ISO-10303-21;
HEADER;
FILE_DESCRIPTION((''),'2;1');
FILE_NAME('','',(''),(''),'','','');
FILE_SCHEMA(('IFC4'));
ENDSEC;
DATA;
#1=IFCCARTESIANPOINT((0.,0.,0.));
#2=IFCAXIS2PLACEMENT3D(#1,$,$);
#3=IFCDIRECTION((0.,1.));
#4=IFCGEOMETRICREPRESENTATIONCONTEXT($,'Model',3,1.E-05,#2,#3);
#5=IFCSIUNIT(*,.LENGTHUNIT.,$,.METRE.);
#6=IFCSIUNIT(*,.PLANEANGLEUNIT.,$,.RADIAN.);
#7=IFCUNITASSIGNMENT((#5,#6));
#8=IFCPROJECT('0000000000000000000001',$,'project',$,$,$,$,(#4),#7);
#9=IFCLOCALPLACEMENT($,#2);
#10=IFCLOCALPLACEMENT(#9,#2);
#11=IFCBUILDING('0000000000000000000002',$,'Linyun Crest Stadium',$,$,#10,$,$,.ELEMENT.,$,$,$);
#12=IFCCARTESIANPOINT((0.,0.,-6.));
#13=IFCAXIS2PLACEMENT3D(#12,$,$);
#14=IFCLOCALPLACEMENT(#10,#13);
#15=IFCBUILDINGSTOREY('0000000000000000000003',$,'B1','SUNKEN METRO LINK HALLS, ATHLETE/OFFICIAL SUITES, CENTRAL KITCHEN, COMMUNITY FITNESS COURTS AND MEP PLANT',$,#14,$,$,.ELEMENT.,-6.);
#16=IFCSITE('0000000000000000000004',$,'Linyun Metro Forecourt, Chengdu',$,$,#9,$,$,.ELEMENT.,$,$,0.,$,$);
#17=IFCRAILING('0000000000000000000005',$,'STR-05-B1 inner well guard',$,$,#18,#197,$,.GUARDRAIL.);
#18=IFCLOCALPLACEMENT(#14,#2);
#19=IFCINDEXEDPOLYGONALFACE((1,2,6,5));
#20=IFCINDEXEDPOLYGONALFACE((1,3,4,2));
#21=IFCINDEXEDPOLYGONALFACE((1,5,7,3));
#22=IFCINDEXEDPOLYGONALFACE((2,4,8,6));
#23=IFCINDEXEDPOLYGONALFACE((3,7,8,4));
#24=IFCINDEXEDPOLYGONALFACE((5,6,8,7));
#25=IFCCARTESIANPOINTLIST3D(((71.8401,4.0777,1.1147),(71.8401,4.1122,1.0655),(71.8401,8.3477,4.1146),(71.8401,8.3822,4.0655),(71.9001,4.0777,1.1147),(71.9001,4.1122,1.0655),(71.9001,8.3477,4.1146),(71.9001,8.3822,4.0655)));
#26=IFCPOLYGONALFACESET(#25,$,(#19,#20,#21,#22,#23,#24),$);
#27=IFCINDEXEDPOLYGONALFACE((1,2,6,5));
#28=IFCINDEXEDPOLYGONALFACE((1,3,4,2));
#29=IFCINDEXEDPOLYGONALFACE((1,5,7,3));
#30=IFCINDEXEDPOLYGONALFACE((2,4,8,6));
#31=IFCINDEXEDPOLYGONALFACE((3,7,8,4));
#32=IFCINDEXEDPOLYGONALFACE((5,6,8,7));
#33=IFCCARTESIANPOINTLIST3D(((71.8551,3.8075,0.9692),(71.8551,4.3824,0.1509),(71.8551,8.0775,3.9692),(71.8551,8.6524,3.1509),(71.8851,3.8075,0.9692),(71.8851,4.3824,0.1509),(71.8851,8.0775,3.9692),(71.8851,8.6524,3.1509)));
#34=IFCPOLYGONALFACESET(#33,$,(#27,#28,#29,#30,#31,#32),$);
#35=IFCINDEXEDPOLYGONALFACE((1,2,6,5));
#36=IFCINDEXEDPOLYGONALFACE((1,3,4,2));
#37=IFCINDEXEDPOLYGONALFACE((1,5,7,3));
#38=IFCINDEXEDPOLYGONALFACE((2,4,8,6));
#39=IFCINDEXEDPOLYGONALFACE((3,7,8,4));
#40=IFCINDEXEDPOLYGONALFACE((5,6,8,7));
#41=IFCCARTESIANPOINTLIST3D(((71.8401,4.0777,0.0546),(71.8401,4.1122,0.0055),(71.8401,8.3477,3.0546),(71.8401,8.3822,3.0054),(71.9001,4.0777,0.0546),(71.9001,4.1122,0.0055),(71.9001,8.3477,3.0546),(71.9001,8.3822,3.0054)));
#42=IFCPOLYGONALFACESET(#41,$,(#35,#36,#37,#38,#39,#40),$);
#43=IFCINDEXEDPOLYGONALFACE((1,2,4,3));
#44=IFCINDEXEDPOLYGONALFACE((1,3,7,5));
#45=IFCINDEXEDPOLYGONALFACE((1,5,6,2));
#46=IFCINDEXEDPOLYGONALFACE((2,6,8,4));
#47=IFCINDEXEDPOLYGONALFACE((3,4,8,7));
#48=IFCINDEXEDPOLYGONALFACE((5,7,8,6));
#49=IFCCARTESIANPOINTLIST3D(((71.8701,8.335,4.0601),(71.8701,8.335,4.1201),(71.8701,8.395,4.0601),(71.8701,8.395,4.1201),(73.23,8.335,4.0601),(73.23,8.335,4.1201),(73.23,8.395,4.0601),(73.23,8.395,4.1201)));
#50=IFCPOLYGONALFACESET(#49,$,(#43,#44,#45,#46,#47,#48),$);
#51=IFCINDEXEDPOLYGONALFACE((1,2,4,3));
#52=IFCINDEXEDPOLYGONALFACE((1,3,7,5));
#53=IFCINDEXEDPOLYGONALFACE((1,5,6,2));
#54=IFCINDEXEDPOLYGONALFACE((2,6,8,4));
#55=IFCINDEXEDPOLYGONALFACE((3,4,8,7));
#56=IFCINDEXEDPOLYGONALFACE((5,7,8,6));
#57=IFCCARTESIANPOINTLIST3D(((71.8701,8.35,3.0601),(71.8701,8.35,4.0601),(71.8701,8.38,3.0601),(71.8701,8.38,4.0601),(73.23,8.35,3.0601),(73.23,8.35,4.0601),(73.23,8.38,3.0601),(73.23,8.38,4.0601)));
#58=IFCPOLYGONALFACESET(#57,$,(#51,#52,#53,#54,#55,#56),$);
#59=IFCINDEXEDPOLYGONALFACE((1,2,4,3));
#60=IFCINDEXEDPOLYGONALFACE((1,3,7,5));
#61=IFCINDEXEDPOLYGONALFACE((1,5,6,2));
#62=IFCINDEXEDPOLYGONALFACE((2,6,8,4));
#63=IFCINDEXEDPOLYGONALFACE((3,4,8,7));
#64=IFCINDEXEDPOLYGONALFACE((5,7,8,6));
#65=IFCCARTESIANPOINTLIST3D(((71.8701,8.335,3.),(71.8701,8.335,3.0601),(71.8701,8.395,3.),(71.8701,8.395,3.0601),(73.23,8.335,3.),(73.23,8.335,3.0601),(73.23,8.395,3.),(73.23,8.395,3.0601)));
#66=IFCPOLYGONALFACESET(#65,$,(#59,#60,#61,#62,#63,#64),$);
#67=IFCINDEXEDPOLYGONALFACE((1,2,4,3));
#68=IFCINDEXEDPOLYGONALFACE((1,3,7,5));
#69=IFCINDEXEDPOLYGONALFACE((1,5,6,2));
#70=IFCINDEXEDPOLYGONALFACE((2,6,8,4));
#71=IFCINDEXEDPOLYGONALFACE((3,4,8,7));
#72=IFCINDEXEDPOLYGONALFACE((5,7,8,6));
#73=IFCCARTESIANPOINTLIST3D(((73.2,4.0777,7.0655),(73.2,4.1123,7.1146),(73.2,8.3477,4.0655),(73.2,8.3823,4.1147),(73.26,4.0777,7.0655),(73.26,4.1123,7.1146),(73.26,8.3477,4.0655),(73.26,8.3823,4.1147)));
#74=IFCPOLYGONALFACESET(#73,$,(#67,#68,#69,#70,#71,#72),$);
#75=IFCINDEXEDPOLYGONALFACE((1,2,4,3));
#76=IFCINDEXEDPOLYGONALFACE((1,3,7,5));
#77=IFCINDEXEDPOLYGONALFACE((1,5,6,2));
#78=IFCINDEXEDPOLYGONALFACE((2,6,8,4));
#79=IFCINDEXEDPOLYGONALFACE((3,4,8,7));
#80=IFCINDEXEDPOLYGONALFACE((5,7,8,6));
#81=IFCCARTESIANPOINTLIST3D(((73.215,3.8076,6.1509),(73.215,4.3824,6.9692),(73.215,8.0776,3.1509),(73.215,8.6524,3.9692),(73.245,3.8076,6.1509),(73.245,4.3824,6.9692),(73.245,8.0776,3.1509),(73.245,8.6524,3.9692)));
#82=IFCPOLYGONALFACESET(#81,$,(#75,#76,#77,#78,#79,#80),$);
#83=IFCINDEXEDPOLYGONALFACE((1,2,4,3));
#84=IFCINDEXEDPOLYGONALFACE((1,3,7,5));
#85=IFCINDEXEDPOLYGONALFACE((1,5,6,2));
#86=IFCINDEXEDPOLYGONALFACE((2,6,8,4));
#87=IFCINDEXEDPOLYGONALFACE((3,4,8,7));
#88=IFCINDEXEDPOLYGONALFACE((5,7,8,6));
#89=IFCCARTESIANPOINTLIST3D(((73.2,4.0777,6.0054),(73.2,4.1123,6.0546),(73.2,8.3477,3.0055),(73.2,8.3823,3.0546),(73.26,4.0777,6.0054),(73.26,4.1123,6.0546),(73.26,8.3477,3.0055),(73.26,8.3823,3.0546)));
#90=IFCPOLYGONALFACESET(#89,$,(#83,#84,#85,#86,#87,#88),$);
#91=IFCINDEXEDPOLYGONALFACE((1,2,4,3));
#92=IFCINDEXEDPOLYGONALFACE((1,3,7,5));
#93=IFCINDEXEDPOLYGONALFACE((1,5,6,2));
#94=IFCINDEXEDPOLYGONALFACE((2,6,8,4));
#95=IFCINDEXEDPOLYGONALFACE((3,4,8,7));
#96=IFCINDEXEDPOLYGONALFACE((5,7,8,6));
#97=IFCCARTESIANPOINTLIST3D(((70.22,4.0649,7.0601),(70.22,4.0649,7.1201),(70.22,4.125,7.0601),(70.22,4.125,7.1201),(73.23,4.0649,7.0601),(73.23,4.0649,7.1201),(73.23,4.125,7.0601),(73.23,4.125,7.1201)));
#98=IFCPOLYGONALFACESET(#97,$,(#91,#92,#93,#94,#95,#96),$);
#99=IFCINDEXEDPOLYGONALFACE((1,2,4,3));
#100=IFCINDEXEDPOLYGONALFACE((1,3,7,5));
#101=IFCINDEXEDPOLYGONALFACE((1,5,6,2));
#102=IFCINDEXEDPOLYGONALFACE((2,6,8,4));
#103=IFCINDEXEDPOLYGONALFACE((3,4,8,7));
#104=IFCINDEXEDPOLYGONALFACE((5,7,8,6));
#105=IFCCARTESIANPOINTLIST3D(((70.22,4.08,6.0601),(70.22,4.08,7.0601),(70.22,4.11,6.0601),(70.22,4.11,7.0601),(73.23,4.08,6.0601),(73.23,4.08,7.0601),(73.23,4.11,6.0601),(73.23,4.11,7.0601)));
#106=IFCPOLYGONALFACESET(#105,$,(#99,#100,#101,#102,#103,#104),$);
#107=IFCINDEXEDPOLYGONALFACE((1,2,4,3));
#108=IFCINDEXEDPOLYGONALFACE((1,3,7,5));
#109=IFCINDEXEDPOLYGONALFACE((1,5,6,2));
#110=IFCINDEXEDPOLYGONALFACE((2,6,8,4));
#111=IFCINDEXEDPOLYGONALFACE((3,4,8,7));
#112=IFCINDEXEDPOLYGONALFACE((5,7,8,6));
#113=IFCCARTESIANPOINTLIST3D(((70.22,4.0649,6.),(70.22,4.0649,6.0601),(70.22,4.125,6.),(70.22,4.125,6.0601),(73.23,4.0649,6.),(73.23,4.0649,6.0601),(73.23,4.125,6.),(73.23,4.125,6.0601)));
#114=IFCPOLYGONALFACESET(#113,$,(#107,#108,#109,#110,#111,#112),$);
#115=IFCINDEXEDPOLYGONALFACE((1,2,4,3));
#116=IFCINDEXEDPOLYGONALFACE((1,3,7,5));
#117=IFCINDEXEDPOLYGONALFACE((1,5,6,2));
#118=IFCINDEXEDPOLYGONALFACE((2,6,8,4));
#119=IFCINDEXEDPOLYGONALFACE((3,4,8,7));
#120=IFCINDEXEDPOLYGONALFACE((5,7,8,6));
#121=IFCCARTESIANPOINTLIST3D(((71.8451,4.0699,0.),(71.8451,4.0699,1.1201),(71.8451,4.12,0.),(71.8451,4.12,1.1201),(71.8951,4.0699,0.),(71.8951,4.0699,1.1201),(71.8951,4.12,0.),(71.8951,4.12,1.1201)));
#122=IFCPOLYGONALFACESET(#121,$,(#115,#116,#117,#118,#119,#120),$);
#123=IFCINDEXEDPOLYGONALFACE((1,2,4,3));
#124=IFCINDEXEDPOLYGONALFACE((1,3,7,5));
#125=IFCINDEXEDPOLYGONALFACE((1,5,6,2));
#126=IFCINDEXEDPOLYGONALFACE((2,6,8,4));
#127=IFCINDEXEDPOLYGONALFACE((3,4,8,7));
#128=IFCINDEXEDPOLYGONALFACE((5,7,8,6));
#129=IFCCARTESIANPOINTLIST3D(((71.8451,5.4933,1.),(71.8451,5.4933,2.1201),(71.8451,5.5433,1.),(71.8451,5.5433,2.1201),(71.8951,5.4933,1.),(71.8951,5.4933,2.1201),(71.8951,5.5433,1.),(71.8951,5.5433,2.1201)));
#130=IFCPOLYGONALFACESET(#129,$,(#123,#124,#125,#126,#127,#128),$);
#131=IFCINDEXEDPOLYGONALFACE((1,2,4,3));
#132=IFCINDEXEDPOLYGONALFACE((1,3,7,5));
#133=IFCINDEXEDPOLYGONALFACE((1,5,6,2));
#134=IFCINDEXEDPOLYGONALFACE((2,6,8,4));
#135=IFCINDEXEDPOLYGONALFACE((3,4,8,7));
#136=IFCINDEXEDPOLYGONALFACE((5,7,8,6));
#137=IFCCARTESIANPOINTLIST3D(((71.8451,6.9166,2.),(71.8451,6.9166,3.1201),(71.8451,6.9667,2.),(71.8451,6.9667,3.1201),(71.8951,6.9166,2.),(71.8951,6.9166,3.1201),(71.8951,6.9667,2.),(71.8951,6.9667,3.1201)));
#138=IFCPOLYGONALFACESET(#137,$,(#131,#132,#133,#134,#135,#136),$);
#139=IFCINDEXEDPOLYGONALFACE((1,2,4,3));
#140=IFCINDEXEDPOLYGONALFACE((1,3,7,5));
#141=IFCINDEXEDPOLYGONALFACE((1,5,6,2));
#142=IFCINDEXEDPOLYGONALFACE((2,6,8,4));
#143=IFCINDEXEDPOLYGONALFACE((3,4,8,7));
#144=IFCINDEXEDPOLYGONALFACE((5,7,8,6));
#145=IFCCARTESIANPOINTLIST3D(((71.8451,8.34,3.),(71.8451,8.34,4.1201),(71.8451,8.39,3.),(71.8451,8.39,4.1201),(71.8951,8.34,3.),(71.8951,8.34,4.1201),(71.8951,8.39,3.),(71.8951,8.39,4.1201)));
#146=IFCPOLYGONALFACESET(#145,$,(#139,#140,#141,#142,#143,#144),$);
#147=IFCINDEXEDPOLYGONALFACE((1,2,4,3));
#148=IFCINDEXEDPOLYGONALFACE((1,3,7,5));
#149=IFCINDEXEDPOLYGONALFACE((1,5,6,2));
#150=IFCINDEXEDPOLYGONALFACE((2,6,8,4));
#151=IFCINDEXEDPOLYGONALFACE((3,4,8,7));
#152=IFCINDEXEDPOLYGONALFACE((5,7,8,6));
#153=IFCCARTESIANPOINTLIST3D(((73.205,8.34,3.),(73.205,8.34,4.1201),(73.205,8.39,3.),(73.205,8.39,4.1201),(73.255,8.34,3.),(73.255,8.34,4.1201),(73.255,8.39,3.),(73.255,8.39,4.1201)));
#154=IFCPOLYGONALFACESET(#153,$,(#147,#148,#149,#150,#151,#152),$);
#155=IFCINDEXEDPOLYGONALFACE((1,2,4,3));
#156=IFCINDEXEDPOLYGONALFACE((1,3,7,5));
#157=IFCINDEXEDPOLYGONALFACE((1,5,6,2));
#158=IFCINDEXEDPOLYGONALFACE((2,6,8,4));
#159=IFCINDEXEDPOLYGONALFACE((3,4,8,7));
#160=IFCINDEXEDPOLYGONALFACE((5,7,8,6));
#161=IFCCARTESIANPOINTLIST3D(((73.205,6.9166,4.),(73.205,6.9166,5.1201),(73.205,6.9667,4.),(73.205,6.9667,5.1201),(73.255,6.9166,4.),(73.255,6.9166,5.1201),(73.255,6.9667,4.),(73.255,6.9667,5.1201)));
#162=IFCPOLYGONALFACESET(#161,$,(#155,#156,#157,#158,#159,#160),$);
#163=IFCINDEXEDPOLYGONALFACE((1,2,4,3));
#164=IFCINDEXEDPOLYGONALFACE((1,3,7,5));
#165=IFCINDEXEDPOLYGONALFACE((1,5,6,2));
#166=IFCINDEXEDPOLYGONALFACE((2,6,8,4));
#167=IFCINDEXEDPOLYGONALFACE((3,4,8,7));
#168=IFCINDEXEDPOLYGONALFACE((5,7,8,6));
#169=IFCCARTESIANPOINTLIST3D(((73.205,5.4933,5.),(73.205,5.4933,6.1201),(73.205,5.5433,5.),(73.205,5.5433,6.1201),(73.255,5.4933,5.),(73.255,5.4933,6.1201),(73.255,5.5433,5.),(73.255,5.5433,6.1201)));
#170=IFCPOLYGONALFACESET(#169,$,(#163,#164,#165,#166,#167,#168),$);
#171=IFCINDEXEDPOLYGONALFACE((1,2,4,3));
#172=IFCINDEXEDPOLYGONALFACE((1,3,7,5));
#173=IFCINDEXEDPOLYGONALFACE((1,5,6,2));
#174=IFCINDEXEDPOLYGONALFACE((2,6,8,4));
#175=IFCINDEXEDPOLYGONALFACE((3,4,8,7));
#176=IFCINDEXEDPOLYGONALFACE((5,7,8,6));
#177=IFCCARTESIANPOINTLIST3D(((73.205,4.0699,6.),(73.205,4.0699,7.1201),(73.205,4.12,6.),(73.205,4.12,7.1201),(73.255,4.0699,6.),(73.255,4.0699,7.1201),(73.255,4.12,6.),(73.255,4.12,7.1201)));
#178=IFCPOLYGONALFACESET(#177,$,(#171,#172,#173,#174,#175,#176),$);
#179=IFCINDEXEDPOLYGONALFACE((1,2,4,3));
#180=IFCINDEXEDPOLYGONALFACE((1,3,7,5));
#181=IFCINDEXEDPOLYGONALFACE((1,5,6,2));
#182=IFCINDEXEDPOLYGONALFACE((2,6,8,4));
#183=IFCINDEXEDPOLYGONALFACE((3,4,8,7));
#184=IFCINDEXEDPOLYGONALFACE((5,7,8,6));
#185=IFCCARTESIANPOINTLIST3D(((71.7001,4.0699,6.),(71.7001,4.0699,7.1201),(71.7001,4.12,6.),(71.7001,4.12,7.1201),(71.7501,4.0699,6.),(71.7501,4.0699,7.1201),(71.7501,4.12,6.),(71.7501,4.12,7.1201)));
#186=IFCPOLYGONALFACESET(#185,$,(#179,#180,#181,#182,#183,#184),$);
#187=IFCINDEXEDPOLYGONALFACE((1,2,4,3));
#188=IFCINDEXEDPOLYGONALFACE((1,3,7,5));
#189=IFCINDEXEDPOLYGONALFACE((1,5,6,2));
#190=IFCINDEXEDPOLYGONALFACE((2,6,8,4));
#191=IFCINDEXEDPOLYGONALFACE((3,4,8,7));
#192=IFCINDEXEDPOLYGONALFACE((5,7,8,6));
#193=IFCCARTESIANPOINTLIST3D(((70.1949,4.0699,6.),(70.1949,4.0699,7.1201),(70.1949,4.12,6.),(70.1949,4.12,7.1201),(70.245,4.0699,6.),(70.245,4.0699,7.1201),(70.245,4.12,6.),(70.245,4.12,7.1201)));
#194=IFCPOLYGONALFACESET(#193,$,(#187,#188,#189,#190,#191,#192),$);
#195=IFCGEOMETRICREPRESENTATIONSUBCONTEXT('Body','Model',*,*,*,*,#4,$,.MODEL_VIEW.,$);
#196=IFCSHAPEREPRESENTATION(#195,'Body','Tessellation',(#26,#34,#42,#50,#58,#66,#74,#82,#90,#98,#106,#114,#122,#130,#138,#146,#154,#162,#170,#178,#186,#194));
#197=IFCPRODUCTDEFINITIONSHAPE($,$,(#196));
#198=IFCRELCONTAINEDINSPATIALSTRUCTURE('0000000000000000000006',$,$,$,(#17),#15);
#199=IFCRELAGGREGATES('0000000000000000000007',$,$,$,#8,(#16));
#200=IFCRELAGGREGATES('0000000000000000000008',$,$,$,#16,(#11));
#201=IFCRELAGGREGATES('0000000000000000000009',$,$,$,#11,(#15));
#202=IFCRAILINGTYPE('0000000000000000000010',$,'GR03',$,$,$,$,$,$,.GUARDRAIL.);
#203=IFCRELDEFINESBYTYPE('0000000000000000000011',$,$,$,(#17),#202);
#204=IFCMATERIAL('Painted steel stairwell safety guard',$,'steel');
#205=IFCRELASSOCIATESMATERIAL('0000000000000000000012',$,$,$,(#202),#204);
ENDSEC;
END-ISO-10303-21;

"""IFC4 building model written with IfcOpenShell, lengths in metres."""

from ifc_helpers import new_model, si_unit, direction, frame, origin, origin_2d, place, context, subcontext, project, spatial, rectangle, extrude, material, type_object, element, save


model = new_model("IFC4")

# Units and contexts
model_context = context("Model", 3, precision=1e-05, world=origin(), true_north=direction((0.0, 1.0)))
body_context = subcontext(model_context, "Body", "Model", "MODEL_VIEW")
ifc_project = project(units=[si_unit("LENGTHUNIT", "METRE"), si_unit("PLANEANGLEUNIT", "RADIAN")], contexts=[model_context])

# Site, building, storey
site_placement = place(None, origin())
site = spatial("IfcSite", under=ifc_project, at=site_placement, Name="Linyun Metro Forecourt, Chengdu", CompositionType="ELEMENT", RefElevation=0.0)
building_placement = place(site_placement, origin())
building = spatial("IfcBuilding", under=site, at=building_placement, Name="Linyun Crest Stadium", CompositionType="ELEMENT")
storey_placement = place(building_placement, frame((0.0, 0.0, -6.0)))
storey = spatial("IfcBuildingStorey", under=building, at=storey_placement, Name="B1", Description="SUNKEN METRO LINK HALLS, ATHLETE/OFFICIAL SUITES, CENTRAL KITCHEN, COMMUNITY FITNESS COURTS AND MEP PLANT", CompositionType="ELEMENT", Elevation=-6.0)

# Railing
ifc_material_1 = material(Name="Painted steel stairwell safety guard", Category="steel")
railing_type_1 = type_object("IfcRailingType", Name="GR03", PredefinedType="GUARDRAIL", material=ifc_material_1)
railing_1_placement = place(storey_placement, frame((71.8701, 4.095, 0.0)))
element("IfcRailing", 1, at=railing_1_placement, inside=storey, type_object=railing_type_1, Name="STR-05-B1 inner well guard", PredefinedType="GUARDRAIL", context=body_context, shape_type="SweptSolid", body=[
    extrude(rectangle(XDim=0.0601, YDim=0.0601, at=origin_2d()), frame((0.0, 0.0, 1.0901), z_axis=(0.0, 0.818242, 0.574874), x_axis=(-1.0, 0.0, 0.0)), (0.0, 0.0, 1.0), 5.2185),
    extrude(rectangle(XDim=0.03, YDim=1.0, at=origin_2d()), frame((0.0, 0.0, 0.5601), z_axis=(0.0, 0.818242, 0.574874), x_axis=(-1.0, 0.0, 0.0)), (0.0, 0.0, 1.0), 5.2185),
    extrude(rectangle(XDim=0.0601, YDim=0.0601, at=origin_2d()), frame((0.0, 0.0, 0.03), z_axis=(0.0, 0.818242, 0.574874), x_axis=(-1.0, 0.0, 0.0)), (0.0, 0.0, 1.0), 5.2185),
    extrude(rectangle(XDim=0.0601, YDim=0.0601, at=origin_2d()), frame((0.0, 4.27, 4.0901), z_axis=(1.0, 0.0, 0.0), x_axis=(0.0, 1.0, 0.0)), (0.0, 0.0, 1.0), 1.3599),
    extrude(rectangle(XDim=0.03, YDim=1.0, at=origin_2d()), frame((0.0, 4.27, 3.5601), z_axis=(1.0, 0.0, 0.0), x_axis=(0.0, 1.0, 0.0)), (0.0, 0.0, 1.0), 1.3599),
    extrude(rectangle(XDim=0.0601, YDim=0.0601, at=origin_2d()), frame((0.0, 4.27, 3.03), z_axis=(1.0, 0.0, 0.0), x_axis=(0.0, 1.0, 0.0)), (0.0, 0.0, 1.0), 1.3599),
    extrude(rectangle(XDim=0.0601, YDim=0.0601, at=origin_2d()), frame((1.3599, 4.27, 4.0901), z_axis=(0.0, -0.818242, 0.574874), x_axis=(1.0, 0.0, 0.0)), (0.0, 0.0, 1.0), 5.2185),
    extrude(rectangle(XDim=0.03, YDim=1.0, at=origin_2d()), frame((1.3599, 4.27, 3.5601), z_axis=(0.0, -0.818242, 0.574874), x_axis=(1.0, 0.0, 0.0)), (0.0, 0.0, 1.0), 5.2185),
    extrude(rectangle(XDim=0.0601, YDim=0.0601, at=origin_2d()), frame((1.3599, 4.27, 3.03), z_axis=(0.0, -0.818242, 0.574874), x_axis=(1.0, 0.0, 0.0)), (0.0, 0.0, 1.0), 5.2185),
    extrude(rectangle(XDim=0.0601, YDim=0.0601, at=origin_2d()), frame((1.3599, 0.0, 7.0901), z_axis=(-1.0, 0.0, 0.0), x_axis=(0.0, -1.0, 0.0)), (0.0, 0.0, 1.0), 3.01),
    extrude(rectangle(XDim=0.03, YDim=1.0, at=origin_2d()), frame((1.3599, 0.0, 6.5601), z_axis=(-1.0, 0.0, 0.0), x_axis=(0.0, -1.0, 0.0)), (0.0, 0.0, 1.0), 3.01),
    extrude(rectangle(XDim=0.0601, YDim=0.0601, at=origin_2d()), frame((1.3599, 0.0, 6.03), z_axis=(-1.0, 0.0, 0.0), x_axis=(0.0, -1.0, 0.0)), (0.0, 0.0, 1.0), 3.01),
    extrude(rectangle(XDim=0.05, YDim=0.05, at=origin_2d()), origin(), (0.0, 0.0, 1.0), 1.1201),
    extrude(rectangle(XDim=0.05, YDim=0.05, at=origin_2d()), frame((0.0, 1.4233, 1.0)), (0.0, 0.0, 1.0), 1.1201),
    extrude(rectangle(XDim=0.05, YDim=0.05, at=origin_2d()), frame((0.0, 2.8467, 2.0)), (0.0, 0.0, 1.0), 1.1201),
    extrude(rectangle(XDim=0.05, YDim=0.05, at=origin_2d()), frame((0.0, 4.27, 3.0)), (0.0, 0.0, 1.0), 1.1201),
    extrude(rectangle(XDim=0.05, YDim=0.05, at=origin_2d()), frame((1.3599, 4.27, 3.0)), (0.0, 0.0, 1.0), 1.1201),
    extrude(rectangle(XDim=0.05, YDim=0.05, at=origin_2d()), frame((1.3599, 2.8467, 4.0)), (0.0, 0.0, 1.0), 1.1201),
    extrude(rectangle(XDim=0.05, YDim=0.05, at=origin_2d()), frame((1.3599, 1.4233, 5.0)), (0.0, 0.0, 1.0), 1.1201),
    extrude(rectangle(XDim=0.05, YDim=0.05, at=origin_2d()), frame((1.3599, 0.0, 6.0)), (0.0, 0.0, 1.0), 1.1201),
    extrude(rectangle(XDim=0.05, YDim=0.05, at=origin_2d()), frame((-0.145, 0.0, 6.0)), (0.0, 0.0, 1.0), 1.1201),
    extrude(rectangle(XDim=0.05, YDim=0.05, at=origin_2d()), frame((-1.6501, 0.0, 6.0)), (0.0, 0.0, 1.0), 1.1201),
])

save(model, "model.ifc")
